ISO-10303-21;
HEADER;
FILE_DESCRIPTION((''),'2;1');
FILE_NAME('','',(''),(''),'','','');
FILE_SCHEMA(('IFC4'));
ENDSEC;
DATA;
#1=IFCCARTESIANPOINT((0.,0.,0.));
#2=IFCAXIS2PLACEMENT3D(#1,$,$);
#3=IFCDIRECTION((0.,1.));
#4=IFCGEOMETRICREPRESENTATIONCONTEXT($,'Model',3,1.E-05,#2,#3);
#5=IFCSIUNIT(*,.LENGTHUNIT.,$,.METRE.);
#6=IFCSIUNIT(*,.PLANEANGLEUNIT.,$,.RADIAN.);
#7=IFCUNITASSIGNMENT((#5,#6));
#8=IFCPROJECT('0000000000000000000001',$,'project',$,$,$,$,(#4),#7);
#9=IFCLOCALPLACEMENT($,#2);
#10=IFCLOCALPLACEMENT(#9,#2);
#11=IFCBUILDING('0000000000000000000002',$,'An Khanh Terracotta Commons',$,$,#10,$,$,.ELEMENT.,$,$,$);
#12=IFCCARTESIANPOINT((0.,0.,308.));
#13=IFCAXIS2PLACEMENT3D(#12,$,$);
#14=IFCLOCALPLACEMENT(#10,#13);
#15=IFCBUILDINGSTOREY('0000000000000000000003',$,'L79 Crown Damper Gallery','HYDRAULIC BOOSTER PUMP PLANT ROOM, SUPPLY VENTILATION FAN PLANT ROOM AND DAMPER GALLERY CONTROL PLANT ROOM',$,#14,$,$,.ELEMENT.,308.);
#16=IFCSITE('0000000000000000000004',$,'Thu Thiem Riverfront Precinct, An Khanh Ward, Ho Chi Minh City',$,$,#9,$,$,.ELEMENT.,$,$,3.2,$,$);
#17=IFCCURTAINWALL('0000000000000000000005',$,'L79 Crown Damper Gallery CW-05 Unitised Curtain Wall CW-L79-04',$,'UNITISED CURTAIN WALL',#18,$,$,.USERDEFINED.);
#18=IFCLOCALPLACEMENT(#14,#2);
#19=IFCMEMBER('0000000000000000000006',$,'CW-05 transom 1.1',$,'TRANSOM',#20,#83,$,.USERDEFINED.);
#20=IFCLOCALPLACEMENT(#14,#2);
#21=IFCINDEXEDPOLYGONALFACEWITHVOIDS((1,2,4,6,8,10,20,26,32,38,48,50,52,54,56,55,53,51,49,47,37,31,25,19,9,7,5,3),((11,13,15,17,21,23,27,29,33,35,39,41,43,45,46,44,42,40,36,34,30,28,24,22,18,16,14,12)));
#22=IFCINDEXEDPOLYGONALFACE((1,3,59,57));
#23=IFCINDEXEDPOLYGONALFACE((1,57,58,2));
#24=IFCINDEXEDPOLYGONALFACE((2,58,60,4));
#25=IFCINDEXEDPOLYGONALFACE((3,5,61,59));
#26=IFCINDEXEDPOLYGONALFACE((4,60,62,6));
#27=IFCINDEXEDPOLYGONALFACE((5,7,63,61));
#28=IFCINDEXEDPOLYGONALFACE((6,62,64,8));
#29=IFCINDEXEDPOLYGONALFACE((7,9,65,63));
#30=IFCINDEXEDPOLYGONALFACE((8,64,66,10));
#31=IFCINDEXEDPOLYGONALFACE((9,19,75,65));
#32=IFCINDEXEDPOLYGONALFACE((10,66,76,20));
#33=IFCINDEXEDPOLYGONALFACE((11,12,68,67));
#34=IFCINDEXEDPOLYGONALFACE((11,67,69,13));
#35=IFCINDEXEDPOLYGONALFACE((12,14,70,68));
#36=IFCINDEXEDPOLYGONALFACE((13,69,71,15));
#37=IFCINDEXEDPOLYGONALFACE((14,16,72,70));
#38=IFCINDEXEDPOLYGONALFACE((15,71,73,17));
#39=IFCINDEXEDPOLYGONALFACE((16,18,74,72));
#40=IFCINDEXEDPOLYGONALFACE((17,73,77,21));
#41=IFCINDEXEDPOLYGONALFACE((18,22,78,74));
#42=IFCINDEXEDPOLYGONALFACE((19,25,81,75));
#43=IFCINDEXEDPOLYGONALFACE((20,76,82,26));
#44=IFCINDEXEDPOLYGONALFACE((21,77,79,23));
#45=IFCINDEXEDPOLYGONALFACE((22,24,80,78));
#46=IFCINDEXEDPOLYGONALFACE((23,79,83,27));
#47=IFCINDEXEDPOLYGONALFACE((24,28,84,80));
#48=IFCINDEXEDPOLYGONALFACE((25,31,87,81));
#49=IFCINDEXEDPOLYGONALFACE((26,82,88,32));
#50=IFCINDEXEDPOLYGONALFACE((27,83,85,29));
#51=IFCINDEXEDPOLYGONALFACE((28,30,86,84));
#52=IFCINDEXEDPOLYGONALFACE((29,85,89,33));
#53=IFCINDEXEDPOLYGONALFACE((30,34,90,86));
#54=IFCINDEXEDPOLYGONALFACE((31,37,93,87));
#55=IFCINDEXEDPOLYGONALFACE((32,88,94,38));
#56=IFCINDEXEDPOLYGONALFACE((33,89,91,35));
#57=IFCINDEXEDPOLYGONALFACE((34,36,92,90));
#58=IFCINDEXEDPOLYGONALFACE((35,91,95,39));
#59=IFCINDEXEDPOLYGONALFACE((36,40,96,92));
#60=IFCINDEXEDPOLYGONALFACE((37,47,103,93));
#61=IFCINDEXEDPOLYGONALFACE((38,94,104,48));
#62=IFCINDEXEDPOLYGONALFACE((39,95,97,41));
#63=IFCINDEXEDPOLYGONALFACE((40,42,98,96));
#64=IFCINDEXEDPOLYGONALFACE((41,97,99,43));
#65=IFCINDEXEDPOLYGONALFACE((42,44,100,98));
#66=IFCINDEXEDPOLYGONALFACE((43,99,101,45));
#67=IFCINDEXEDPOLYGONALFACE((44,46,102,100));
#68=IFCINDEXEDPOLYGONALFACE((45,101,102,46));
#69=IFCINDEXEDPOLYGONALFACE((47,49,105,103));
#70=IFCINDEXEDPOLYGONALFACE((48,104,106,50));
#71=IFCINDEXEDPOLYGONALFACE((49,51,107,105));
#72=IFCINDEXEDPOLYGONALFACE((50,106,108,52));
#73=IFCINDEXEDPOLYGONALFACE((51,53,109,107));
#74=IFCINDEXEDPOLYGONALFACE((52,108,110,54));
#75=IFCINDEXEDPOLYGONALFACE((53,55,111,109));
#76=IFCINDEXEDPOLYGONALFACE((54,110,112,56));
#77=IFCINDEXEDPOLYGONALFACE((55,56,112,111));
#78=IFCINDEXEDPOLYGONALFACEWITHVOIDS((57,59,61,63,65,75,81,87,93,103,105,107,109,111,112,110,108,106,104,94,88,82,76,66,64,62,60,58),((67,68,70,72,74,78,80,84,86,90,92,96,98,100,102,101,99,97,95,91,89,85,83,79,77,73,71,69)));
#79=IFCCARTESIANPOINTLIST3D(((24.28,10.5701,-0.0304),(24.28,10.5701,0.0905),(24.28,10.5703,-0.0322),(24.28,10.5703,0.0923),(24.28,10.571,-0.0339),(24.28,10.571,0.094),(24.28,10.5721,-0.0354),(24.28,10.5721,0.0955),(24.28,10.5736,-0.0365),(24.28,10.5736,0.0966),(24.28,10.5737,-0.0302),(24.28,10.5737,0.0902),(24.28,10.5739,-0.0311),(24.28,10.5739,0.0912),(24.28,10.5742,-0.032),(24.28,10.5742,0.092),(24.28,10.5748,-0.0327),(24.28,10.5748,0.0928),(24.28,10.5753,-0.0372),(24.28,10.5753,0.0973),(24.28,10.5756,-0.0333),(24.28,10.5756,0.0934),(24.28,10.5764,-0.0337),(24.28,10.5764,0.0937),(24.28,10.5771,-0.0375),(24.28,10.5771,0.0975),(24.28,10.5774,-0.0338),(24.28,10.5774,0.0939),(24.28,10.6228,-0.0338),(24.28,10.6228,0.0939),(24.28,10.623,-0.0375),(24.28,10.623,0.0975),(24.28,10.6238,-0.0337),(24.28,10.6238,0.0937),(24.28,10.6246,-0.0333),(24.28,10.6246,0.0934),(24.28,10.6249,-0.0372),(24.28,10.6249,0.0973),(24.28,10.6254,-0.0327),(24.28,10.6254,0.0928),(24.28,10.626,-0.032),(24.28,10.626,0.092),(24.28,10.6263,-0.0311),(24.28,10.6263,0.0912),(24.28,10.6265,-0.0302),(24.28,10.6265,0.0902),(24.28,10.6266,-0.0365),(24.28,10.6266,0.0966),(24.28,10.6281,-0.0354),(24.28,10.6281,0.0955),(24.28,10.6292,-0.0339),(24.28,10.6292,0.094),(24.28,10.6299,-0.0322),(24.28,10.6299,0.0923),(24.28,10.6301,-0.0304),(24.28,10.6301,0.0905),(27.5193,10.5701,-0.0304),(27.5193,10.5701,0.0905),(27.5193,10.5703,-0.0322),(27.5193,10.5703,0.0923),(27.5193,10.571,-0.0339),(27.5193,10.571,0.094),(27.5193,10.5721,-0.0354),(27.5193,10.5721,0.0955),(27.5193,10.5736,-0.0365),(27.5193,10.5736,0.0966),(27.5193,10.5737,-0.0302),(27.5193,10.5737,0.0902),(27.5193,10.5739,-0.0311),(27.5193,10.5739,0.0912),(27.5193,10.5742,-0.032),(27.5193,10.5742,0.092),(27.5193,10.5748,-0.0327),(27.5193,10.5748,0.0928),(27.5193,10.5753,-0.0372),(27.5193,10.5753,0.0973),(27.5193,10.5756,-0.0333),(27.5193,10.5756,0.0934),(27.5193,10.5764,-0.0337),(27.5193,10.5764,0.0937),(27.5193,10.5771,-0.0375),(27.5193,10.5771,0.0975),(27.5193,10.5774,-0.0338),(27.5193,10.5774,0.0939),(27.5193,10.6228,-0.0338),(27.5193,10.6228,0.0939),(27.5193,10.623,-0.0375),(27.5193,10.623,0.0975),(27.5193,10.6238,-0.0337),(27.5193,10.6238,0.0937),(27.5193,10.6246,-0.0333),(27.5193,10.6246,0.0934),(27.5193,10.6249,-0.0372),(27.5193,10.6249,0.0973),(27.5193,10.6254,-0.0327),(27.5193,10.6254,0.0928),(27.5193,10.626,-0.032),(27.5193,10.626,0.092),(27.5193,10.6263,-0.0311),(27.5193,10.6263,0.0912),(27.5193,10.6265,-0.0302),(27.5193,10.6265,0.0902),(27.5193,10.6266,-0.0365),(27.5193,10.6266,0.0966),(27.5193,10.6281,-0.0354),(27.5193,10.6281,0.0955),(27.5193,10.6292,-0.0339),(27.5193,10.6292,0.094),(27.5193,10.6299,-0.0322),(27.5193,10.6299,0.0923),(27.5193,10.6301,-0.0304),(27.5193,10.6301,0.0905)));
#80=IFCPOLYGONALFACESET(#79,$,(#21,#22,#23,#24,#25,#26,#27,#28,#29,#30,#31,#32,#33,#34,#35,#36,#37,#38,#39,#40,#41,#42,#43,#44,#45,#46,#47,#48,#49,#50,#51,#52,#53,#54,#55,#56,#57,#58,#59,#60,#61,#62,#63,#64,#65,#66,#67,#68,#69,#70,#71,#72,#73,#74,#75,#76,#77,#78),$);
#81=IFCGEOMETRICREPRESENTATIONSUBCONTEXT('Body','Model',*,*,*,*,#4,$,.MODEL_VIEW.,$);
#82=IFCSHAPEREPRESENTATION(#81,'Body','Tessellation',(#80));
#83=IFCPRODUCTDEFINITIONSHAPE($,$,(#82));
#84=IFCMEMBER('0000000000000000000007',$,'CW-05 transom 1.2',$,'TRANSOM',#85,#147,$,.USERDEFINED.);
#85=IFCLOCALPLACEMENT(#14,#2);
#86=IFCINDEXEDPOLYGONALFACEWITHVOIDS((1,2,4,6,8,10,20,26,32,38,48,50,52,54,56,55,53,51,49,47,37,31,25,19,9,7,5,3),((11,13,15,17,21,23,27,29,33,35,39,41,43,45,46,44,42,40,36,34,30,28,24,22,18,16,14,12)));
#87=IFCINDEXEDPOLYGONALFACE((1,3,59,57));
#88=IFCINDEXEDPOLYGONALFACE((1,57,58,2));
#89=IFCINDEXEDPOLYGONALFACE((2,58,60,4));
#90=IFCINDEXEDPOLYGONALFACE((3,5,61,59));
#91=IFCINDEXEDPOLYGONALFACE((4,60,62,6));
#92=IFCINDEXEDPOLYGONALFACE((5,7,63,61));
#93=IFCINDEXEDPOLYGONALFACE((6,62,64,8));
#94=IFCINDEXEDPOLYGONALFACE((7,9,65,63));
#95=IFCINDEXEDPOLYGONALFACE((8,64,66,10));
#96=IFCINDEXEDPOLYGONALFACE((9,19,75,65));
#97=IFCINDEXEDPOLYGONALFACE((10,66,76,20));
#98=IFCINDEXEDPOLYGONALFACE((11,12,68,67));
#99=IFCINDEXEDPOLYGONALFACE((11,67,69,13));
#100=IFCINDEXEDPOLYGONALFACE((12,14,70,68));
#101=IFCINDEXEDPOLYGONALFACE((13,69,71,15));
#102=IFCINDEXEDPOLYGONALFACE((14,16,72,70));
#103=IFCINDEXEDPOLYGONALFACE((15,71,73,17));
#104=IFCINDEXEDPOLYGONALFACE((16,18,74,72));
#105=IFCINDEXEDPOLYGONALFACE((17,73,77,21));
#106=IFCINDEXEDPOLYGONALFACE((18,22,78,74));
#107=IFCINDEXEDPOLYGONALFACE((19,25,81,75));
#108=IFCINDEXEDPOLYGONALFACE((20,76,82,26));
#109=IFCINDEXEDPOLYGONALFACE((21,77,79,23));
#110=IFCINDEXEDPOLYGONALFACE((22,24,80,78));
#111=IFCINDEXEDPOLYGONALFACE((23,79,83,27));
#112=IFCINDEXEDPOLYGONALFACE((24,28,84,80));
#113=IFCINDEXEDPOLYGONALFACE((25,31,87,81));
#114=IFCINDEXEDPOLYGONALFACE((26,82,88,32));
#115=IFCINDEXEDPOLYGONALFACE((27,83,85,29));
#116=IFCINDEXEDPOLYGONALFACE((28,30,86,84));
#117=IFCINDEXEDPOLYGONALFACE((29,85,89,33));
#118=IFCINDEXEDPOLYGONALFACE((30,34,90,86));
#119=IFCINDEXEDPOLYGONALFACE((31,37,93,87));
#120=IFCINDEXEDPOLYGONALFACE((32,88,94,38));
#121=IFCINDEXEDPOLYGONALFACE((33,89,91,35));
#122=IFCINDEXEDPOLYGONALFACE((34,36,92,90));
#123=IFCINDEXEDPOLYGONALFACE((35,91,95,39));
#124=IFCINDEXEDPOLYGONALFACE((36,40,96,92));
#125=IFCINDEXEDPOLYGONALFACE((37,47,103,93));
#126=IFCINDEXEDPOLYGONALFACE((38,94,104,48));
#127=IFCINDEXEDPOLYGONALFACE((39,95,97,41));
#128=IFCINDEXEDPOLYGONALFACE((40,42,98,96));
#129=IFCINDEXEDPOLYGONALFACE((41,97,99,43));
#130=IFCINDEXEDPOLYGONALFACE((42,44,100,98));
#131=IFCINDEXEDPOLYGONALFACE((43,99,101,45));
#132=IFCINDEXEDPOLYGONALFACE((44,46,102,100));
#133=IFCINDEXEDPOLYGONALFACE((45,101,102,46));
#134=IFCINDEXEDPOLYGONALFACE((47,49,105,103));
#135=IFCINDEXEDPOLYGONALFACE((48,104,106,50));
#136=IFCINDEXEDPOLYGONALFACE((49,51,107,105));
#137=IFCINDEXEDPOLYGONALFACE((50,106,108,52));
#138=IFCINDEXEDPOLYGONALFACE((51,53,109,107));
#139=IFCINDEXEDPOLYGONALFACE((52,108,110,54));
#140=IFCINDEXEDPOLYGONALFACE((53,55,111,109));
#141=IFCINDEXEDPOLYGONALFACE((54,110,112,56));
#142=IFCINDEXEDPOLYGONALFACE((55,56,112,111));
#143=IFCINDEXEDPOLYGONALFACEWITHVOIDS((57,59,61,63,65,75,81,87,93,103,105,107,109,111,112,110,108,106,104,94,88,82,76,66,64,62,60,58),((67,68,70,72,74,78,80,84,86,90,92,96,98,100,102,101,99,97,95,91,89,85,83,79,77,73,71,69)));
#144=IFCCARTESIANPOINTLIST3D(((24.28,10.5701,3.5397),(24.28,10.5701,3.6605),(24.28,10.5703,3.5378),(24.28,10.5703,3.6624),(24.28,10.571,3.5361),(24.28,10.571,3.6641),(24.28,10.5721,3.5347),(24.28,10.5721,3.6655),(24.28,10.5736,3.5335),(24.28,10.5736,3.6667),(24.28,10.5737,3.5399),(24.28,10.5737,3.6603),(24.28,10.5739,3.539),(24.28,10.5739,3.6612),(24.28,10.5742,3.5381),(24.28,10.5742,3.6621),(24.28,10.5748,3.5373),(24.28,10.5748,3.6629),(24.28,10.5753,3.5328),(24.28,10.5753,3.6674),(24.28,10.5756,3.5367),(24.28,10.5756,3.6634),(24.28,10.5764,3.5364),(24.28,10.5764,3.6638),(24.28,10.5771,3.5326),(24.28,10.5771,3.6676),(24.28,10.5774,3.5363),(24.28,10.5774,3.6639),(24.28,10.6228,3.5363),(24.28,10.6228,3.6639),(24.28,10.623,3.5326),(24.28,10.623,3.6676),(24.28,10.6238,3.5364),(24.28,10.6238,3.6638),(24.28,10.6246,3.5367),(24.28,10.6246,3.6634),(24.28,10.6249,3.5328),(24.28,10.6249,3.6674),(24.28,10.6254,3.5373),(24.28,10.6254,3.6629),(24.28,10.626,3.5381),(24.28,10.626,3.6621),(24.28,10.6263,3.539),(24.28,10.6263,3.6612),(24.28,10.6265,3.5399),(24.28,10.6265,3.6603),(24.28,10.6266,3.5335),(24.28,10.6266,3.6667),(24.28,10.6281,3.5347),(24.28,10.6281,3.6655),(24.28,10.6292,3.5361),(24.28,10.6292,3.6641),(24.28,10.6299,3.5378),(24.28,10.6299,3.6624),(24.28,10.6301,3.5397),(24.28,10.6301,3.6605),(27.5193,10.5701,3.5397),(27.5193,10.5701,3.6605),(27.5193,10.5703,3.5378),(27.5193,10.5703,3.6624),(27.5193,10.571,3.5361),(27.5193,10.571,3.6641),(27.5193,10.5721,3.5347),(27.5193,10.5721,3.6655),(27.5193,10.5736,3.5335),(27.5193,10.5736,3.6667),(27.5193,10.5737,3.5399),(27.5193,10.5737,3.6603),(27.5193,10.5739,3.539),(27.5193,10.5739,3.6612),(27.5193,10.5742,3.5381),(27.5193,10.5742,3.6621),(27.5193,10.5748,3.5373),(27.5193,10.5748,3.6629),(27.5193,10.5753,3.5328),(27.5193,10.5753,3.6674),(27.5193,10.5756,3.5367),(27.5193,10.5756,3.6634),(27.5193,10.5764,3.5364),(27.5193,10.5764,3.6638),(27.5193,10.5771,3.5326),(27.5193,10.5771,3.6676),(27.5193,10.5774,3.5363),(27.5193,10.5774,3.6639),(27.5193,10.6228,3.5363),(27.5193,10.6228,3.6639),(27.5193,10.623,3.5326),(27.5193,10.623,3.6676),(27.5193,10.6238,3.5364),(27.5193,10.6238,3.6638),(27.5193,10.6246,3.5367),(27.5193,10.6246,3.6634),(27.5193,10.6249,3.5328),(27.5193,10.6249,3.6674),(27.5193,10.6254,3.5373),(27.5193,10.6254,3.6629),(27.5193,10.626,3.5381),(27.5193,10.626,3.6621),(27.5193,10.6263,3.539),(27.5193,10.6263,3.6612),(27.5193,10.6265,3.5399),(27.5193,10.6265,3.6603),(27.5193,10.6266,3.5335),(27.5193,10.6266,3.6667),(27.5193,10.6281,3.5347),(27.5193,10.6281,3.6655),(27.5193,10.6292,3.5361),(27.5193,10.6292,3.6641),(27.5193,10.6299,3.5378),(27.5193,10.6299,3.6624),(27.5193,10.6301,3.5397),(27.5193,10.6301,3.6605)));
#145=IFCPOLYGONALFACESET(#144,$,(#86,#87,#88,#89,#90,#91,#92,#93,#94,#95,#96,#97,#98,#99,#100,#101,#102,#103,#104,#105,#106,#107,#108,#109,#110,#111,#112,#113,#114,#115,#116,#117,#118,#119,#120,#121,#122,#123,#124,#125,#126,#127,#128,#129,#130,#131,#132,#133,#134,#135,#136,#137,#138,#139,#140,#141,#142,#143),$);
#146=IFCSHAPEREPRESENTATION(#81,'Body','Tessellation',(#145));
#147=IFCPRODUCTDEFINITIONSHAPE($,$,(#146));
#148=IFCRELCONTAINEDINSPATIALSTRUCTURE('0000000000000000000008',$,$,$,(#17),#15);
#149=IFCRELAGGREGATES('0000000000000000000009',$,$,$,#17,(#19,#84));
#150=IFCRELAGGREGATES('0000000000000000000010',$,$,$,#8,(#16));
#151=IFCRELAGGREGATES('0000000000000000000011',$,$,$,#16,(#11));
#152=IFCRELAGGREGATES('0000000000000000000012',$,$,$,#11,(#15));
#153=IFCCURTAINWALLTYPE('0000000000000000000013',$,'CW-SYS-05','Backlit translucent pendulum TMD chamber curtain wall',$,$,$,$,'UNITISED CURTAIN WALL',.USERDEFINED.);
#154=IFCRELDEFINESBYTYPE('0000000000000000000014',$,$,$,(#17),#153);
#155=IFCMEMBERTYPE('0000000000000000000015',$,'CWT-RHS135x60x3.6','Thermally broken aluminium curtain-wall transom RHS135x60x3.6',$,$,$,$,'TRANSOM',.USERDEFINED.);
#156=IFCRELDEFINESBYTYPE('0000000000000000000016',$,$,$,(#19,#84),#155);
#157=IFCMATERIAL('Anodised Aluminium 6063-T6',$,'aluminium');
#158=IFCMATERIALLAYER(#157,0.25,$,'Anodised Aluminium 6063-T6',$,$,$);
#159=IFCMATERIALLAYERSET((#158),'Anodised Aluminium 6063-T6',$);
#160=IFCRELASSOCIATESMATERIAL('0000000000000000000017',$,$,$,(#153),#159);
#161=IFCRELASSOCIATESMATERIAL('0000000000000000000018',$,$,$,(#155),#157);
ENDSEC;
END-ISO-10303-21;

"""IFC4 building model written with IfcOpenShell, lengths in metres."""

from ifc_helpers import new_model, si_unit, direction, frame, origin, origin_2d, place, context, subcontext, project, spatial, hollow_rectangle, extrude, material, layer, layer_set, material_profile, profile_set, type_object, element, aggregate, save


model = new_model("IFC4")

# Units and contexts
model_context = context("Model", 3, precision=1e-05, world=origin(), true_north=direction((0.0, 1.0)))
body_context = subcontext(model_context, "Body", "Model", "MODEL_VIEW")
ifc_project = project(units=[si_unit("LENGTHUNIT", "METRE"), si_unit("PLANEANGLEUNIT", "RADIAN")], contexts=[model_context])

# Site, building, storey
site_placement = place(None, origin())
site = spatial("IfcSite", under=ifc_project, at=site_placement, Name="Thu Thiem Riverfront Precinct, An Khanh Ward, Ho Chi Minh City", CompositionType="ELEMENT", RefElevation=3.2)
building_placement = place(site_placement, origin())
building = spatial("IfcBuilding", under=site, at=building_placement, Name="An Khanh Terracotta Commons", CompositionType="ELEMENT")
storey_placement = place(building_placement, frame((0.0, 0.0, 308.0)))
storey = spatial("IfcBuildingStorey", under=building, at=storey_placement, Name="L79 Crown Damper Gallery", Description="HYDRAULIC BOOSTER PUMP PLANT ROOM, SUPPLY VENTILATION FAN PLANT ROOM AND DAMPER GALLERY CONTROL PLANT ROOM", CompositionType="ELEMENT", Elevation=308.0)

# Curtain wall, members
ifc_material_1 = material(Name="Anodised Aluminium 6063-T6", Category="aluminium")
ifc_layer_1 = layer(ifc_material_1, 0.25, Name="Anodised Aluminium 6063-T6")
ifc_layer_set_1 = layer_set([ifc_layer_1], Name="Anodised Aluminium 6063-T6")
curtain_wall_type = type_object("IfcCurtainWallType", Name="CW-SYS-05", Description="Backlit translucent pendulum TMD chamber curtain wall", ElementType="UNITISED CURTAIN WALL", PredefinedType="USERDEFINED", material=ifc_layer_set_1)
curtain_wall_placement = place(storey_placement, origin())
curtain_wall = element("IfcCurtainWall", 1, at=curtain_wall_placement, inside=storey, type_object=curtain_wall_type, Name="L79 Crown Damper Gallery CW-05 Unitised Curtain Wall CW-L79-04", ObjectType="UNITISED CURTAIN WALL", PredefinedType="USERDEFINED")
ifc_material_profile_1 = material_profile(ifc_material_1, hollow_rectangle(XDim=0.0601, YDim=0.135, WallThickness=0.0037, InnerFilletRadius=0.0037, OuterFilletRadius=0.0071, at=origin_2d()), Name="RHS135x60x3.6")
ifc_profile_set_1 = profile_set([ifc_material_profile_1], Name="Anodised Aluminium 6063-T6")
member_type_1 = type_object("IfcMemberType", Name="CWT-RHS135x60x3.6", Description="Thermally broken aluminium curtain-wall transom RHS135x60x3.6", ElementType="TRANSOM", PredefinedType="USERDEFINED", material=ifc_profile_set_1)
member_1_placement = place(storey_placement, frame((24.28, 10.6001, 0.03), z_axis=(1.0, 0.0, 0.0), x_axis=(0.0, 1.0, 0.0)))
member_1 = element("IfcMember", 2, at=member_1_placement, type_object=member_type_1, Name="CW-05 transom 1.1", ObjectType="TRANSOM", PredefinedType="USERDEFINED", context=body_context, shape_type="SweptSolid", body=[
    extrude(hollow_rectangle(XDim=0.0601, YDim=0.135, WallThickness=0.0037, InnerFilletRadius=0.0037, OuterFilletRadius=0.0071, at=origin_2d()), origin(), (0.0, 0.0, 1.0), 3.2393),
])
member_2_placement = place(storey_placement, frame((24.28, 10.6001, 3.6001), z_axis=(1.0, 0.0, 0.0), x_axis=(0.0, 1.0, 0.0)))
member_2 = element("IfcMember", 3, at=member_2_placement, type_object=member_type_1, Name="CW-05 transom 1.2", ObjectType="TRANSOM", PredefinedType="USERDEFINED", context=body_context, shape_type="SweptSolid", body=[
    extrude(hollow_rectangle(XDim=0.0601, YDim=0.135, WallThickness=0.0037, InnerFilletRadius=0.0037, OuterFilletRadius=0.0071, at=origin_2d()), origin(), (0.0, 0.0, 1.0), 3.2393),
])
aggregate(curtain_wall, [member_1, member_2])

save(model, "model.ifc")
